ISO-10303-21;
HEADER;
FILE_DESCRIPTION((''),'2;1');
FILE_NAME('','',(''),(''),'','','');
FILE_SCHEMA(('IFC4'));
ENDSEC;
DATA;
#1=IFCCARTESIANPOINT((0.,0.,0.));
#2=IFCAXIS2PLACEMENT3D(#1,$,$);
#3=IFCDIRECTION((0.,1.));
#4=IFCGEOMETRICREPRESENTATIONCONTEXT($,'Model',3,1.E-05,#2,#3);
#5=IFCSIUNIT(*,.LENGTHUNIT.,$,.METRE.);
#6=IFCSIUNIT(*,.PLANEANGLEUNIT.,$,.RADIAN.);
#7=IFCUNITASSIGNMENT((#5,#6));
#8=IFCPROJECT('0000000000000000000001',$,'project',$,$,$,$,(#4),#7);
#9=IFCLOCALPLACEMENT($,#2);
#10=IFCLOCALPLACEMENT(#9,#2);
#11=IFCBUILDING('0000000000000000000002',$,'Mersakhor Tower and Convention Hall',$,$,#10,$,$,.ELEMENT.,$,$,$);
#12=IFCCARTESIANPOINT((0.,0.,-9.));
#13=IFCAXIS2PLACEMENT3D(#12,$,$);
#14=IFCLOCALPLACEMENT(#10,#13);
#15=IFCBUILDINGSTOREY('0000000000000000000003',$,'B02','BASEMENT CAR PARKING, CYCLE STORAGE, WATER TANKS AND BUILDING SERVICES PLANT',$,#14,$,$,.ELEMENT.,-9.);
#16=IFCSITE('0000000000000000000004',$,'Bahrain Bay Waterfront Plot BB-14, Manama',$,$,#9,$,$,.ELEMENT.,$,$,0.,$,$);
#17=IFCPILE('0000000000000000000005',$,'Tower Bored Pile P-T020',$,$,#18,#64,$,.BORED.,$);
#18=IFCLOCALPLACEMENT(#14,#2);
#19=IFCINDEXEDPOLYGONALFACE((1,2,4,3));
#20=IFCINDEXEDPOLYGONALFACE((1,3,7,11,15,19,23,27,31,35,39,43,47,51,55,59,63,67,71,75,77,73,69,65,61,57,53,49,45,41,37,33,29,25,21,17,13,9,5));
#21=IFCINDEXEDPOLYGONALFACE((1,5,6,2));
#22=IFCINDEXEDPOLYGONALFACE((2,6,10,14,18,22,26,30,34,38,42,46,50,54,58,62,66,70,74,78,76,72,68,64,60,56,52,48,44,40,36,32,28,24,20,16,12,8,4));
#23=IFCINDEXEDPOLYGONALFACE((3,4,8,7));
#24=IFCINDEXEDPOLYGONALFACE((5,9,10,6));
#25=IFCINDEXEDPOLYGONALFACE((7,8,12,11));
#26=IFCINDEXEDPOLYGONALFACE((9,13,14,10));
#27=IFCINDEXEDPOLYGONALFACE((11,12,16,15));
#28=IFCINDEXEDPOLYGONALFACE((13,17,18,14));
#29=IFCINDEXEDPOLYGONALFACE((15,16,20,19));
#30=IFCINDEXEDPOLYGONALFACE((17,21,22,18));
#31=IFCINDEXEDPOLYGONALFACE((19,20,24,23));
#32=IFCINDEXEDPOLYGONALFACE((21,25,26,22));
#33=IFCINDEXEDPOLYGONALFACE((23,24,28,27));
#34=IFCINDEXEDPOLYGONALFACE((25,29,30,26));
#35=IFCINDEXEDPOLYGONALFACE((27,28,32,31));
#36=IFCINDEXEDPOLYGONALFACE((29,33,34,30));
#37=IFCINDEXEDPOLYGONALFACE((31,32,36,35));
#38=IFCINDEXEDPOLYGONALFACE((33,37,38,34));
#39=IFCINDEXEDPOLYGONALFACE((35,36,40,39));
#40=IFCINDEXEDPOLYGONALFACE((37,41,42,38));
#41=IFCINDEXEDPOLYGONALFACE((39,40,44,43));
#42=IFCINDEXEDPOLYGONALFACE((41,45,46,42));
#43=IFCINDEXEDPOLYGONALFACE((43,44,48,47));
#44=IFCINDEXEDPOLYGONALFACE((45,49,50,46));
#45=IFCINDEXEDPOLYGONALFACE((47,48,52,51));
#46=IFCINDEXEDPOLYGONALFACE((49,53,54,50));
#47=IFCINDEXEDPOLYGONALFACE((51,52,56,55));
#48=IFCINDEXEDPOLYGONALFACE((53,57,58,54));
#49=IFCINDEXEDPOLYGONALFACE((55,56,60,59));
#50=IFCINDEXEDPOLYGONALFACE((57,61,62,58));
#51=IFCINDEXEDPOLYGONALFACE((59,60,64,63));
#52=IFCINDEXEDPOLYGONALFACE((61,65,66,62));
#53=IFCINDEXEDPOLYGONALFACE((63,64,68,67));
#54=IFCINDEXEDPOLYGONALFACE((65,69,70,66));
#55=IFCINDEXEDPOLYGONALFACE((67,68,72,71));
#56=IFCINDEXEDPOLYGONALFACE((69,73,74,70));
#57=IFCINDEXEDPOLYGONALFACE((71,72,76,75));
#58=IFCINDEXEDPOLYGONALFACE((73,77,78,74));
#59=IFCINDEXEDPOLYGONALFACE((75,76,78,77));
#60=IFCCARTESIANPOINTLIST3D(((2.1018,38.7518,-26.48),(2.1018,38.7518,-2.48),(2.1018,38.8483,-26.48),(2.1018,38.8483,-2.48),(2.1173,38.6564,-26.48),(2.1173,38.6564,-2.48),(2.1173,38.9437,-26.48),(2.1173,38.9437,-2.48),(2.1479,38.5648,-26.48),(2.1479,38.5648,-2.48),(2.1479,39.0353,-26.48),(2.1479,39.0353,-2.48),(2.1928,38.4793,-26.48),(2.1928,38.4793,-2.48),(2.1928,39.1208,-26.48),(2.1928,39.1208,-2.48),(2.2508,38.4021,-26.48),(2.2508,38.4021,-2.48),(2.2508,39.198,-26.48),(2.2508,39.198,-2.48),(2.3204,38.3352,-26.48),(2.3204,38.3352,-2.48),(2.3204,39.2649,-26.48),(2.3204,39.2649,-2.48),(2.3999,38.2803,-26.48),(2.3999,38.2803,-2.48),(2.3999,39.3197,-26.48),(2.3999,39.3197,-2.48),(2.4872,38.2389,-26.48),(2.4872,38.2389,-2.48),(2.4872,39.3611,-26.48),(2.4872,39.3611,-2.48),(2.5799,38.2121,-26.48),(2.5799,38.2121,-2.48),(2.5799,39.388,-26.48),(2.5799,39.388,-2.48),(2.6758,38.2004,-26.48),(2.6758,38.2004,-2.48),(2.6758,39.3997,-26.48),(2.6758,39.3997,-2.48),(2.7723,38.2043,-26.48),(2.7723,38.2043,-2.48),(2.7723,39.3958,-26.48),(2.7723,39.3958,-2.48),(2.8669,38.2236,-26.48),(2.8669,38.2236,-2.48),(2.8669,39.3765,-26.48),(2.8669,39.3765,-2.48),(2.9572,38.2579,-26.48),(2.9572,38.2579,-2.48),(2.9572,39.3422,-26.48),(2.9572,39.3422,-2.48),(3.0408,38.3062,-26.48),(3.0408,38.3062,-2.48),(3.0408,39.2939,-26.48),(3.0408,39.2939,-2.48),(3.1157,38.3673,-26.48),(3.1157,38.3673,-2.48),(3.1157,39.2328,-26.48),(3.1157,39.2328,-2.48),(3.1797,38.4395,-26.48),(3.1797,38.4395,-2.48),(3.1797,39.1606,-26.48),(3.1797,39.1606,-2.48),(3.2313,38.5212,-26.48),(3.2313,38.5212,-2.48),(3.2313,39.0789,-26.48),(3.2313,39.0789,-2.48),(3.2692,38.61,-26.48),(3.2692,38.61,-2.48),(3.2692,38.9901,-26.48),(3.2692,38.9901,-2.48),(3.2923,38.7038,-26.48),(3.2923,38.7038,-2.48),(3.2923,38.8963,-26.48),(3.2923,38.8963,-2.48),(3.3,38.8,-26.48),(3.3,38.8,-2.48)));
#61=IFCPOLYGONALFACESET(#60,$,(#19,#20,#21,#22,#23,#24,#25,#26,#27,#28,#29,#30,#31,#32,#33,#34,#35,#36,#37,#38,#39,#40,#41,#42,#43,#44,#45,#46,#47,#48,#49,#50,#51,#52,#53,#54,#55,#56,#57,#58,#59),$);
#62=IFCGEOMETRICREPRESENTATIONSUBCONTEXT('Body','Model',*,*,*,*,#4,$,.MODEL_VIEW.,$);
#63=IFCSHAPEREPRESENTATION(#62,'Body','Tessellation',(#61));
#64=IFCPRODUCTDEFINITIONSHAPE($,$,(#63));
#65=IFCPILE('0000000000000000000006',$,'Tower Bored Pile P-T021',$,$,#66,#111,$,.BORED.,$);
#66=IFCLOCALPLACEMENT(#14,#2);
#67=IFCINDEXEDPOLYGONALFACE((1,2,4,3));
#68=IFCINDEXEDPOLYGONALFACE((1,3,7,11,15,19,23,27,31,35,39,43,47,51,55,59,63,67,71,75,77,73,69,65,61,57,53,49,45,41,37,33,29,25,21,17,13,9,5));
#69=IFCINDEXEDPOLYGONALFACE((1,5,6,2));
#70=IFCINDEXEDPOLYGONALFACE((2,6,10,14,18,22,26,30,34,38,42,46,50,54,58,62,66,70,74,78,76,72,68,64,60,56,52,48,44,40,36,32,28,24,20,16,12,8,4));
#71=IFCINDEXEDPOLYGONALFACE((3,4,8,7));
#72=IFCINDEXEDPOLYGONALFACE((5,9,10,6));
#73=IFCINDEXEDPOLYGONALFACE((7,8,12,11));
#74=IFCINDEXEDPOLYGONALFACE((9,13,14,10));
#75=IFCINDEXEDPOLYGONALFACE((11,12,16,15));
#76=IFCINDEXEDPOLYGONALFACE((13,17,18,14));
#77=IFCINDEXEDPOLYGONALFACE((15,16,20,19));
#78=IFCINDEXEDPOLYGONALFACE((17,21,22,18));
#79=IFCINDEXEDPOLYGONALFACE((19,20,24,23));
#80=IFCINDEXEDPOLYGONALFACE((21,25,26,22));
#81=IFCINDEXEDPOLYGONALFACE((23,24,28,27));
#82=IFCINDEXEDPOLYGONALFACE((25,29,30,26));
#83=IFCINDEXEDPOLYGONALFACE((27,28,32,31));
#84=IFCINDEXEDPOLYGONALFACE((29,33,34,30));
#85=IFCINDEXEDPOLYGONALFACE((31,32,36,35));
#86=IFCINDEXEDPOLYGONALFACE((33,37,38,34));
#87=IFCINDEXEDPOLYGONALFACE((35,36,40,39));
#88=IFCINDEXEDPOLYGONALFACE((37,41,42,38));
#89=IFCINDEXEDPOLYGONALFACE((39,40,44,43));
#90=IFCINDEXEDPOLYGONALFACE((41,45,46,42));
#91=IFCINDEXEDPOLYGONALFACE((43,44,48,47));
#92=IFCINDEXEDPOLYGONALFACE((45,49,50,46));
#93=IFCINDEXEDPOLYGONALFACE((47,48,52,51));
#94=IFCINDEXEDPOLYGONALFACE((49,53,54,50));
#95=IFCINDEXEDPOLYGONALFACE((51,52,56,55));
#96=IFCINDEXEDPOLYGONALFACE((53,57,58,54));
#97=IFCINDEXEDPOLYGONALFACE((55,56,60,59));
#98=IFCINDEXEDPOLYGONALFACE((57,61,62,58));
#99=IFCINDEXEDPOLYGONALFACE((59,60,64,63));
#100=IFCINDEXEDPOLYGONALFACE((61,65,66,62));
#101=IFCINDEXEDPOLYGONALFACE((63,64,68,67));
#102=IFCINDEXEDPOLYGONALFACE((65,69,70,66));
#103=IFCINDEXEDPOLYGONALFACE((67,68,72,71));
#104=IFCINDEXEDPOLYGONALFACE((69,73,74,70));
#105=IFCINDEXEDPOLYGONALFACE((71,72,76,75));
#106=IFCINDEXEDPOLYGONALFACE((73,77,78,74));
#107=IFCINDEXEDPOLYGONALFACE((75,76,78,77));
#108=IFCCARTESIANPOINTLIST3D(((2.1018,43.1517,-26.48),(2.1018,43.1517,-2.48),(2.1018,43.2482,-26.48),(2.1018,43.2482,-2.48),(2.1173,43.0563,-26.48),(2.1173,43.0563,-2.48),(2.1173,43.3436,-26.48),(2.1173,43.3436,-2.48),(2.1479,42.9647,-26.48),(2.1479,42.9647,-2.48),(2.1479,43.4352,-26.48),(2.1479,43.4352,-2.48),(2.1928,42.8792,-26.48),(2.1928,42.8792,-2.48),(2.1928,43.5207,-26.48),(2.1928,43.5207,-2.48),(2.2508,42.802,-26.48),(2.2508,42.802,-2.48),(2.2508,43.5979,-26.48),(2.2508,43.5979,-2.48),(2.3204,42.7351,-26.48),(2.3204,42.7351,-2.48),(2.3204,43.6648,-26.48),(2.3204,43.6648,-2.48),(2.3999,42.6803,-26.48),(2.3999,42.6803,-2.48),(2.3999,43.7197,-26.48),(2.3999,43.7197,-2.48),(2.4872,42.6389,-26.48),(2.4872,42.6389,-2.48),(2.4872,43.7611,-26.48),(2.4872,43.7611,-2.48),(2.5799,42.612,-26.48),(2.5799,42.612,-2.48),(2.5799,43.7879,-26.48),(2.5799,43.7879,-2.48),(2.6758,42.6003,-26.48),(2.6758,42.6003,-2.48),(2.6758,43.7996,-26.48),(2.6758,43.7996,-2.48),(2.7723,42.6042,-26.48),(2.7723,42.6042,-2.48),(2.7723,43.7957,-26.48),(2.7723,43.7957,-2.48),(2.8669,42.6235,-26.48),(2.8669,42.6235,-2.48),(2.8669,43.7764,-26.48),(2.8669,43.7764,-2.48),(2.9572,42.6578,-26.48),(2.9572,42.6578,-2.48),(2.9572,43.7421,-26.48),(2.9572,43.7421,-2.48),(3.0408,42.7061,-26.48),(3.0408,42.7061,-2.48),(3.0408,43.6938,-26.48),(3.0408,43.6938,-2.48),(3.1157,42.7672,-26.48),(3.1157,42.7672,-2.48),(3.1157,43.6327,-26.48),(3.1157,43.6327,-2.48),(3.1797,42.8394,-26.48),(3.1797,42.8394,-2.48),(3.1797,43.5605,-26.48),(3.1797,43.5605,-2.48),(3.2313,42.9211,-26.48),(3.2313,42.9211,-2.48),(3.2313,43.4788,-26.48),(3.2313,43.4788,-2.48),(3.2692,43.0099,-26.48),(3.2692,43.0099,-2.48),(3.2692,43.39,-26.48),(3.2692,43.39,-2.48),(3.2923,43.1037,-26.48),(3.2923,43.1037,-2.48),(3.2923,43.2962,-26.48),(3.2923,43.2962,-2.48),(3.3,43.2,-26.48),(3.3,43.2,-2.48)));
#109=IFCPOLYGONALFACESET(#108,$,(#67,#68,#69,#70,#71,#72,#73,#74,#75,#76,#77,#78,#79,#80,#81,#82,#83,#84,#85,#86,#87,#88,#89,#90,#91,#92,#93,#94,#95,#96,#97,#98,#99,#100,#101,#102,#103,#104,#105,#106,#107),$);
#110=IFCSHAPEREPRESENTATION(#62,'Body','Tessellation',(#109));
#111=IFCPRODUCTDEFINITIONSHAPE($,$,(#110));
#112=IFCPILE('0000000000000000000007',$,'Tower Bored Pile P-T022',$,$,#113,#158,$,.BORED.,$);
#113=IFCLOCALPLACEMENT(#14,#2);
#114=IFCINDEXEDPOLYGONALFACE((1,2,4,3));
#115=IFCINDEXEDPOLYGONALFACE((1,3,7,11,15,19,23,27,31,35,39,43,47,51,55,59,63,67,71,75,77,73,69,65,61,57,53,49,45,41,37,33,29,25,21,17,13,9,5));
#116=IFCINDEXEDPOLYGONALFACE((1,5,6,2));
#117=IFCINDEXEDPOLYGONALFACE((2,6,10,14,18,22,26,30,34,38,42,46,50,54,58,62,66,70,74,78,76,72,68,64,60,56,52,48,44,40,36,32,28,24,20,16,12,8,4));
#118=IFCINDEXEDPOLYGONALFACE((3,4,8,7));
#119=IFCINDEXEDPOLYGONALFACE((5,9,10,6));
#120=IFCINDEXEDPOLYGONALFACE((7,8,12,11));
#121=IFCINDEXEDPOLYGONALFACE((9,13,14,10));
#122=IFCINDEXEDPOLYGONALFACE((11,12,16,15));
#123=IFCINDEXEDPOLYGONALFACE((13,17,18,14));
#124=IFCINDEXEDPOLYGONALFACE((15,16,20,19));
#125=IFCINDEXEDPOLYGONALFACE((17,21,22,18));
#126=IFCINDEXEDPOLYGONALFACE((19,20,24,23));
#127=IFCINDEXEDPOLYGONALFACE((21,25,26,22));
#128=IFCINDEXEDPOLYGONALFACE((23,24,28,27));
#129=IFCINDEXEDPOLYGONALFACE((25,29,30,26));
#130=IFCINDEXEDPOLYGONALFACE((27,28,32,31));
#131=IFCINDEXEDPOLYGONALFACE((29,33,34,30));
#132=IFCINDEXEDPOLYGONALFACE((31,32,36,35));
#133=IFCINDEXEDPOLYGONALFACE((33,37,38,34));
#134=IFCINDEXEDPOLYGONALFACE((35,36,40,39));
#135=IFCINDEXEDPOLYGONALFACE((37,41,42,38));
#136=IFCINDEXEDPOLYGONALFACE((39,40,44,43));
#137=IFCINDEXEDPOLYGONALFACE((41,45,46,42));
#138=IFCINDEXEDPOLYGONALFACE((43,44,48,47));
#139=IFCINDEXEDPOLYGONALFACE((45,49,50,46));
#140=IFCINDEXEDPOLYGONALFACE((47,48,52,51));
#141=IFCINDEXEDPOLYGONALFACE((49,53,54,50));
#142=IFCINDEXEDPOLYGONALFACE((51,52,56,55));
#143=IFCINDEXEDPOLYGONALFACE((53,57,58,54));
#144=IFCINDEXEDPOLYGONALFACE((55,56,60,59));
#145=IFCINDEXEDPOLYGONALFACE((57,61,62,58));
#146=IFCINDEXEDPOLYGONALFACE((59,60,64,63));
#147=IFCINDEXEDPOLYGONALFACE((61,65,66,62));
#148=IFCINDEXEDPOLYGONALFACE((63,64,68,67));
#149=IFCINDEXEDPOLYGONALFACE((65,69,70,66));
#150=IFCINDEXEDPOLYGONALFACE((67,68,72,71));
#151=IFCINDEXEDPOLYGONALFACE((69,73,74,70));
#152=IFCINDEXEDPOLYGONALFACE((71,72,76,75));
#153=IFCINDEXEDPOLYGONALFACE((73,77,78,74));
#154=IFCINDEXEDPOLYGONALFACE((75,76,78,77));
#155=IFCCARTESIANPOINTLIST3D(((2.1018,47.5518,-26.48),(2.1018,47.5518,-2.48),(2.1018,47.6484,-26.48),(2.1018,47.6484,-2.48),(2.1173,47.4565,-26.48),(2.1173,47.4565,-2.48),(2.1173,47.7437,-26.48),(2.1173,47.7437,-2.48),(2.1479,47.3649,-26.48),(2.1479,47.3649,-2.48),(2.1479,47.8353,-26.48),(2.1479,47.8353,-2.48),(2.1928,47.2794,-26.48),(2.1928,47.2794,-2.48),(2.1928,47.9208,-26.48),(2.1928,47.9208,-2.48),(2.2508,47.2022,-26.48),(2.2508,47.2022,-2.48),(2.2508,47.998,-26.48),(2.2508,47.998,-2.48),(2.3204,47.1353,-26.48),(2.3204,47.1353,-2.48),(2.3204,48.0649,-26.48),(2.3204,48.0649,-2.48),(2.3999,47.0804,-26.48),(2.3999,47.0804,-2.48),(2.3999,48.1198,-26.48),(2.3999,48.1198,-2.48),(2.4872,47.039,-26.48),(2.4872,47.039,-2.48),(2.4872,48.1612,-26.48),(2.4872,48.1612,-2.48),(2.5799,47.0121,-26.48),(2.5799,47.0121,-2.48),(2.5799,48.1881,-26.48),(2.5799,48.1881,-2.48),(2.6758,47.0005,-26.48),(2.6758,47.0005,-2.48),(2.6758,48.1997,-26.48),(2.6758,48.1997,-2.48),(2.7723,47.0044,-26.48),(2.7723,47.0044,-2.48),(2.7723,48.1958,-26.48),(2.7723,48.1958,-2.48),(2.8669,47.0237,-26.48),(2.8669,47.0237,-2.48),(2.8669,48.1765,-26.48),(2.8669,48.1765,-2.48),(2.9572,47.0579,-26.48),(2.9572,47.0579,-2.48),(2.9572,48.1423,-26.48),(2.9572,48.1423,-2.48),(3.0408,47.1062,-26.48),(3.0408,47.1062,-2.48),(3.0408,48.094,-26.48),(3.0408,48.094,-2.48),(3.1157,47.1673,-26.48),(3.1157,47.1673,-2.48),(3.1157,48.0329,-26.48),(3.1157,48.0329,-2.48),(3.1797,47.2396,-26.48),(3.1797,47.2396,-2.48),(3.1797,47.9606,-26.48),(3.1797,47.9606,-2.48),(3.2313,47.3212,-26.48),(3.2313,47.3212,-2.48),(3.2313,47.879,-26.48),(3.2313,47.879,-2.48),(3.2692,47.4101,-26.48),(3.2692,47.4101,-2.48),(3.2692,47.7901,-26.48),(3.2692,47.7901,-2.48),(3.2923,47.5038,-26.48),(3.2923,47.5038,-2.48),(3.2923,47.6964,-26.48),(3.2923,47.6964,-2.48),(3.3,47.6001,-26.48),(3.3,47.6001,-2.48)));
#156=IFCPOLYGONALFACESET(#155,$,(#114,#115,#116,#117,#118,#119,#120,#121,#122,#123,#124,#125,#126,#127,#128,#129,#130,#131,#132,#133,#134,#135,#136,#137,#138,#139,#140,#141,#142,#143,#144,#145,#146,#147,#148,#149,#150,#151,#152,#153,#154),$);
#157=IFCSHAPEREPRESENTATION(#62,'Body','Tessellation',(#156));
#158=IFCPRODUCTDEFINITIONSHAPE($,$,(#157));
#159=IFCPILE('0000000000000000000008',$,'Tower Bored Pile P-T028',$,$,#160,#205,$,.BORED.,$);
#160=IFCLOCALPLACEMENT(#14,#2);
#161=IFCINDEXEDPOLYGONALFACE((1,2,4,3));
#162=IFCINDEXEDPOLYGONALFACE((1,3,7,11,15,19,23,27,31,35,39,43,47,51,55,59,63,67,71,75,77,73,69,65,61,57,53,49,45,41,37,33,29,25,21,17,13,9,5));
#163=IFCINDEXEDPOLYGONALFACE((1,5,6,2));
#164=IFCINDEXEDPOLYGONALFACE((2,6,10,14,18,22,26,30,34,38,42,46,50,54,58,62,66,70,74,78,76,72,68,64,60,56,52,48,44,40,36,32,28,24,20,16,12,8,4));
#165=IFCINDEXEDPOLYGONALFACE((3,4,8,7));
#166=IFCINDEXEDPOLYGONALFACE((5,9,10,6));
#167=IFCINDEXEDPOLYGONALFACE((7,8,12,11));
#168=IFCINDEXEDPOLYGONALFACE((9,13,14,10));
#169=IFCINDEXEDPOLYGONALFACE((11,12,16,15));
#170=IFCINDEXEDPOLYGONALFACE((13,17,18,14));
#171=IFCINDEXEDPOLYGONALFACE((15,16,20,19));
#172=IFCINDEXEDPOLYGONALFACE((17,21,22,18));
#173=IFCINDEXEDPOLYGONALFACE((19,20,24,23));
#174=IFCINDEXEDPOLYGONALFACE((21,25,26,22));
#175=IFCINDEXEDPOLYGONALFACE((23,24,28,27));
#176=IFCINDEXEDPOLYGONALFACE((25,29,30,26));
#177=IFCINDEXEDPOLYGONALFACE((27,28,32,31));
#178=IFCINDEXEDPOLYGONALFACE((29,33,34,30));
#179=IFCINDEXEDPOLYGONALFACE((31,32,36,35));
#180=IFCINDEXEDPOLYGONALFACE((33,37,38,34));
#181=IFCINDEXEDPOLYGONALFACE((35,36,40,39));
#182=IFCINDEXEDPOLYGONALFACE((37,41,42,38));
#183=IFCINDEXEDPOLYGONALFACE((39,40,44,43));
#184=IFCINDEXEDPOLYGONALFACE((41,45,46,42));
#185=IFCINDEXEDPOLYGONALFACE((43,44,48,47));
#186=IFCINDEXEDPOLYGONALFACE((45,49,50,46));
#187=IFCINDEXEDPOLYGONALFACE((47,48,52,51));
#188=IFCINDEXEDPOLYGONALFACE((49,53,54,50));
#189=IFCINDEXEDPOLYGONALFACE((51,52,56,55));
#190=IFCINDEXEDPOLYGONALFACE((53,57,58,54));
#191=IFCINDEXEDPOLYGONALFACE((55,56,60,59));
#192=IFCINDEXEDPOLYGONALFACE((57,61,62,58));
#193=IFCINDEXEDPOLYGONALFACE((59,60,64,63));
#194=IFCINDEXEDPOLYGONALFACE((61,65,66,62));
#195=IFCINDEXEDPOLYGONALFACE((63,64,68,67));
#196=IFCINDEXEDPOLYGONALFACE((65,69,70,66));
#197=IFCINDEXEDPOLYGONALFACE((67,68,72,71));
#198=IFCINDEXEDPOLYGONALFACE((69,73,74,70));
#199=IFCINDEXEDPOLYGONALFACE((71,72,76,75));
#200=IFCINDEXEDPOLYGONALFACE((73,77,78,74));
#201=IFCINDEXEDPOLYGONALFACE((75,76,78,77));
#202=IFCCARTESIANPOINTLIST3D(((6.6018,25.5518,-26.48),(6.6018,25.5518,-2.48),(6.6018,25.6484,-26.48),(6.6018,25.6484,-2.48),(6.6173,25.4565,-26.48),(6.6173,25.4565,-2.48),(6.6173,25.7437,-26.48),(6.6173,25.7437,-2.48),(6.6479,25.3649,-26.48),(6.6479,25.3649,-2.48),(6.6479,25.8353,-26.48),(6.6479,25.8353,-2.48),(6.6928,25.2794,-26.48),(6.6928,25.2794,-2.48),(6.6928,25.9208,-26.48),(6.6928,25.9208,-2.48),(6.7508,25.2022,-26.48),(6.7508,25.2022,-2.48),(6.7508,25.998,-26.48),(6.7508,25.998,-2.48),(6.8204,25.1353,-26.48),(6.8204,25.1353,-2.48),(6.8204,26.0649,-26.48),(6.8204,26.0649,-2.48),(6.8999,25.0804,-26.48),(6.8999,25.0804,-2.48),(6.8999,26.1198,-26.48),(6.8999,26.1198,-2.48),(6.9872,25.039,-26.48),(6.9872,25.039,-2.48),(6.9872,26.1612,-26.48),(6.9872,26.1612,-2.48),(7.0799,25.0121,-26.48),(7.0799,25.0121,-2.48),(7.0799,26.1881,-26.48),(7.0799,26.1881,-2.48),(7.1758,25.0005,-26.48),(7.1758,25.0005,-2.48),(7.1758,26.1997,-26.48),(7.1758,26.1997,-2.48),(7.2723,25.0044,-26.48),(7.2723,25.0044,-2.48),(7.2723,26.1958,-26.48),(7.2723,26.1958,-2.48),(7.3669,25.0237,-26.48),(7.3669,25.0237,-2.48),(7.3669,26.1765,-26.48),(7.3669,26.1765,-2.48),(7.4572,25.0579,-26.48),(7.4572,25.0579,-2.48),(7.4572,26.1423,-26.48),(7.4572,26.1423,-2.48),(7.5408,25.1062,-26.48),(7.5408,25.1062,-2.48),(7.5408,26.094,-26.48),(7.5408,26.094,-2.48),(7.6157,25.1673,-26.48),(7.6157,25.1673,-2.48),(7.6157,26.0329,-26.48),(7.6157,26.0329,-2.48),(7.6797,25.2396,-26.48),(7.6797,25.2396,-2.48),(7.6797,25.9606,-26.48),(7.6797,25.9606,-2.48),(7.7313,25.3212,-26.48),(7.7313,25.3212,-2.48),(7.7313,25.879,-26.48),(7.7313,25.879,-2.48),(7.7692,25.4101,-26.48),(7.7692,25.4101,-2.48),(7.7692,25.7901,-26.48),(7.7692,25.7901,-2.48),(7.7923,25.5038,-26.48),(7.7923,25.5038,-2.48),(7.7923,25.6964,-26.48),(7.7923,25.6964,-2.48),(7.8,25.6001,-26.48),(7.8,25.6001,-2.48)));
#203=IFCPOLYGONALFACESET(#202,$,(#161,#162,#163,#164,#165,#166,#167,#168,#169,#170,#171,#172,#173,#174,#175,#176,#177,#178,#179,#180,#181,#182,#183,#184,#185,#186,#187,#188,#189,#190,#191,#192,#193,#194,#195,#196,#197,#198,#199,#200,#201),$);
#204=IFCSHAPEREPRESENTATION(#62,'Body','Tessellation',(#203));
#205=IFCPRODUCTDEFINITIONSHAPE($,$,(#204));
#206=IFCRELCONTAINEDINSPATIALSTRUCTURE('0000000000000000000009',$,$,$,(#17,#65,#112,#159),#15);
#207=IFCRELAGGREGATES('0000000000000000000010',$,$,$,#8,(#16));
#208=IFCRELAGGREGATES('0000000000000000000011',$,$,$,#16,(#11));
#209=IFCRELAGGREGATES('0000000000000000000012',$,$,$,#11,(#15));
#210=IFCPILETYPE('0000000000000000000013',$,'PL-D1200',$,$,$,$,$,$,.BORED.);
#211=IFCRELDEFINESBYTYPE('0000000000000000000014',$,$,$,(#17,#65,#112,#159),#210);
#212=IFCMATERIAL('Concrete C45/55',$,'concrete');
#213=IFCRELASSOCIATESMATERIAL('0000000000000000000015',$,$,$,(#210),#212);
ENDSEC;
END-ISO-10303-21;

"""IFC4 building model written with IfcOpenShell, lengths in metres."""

from ifc_helpers import new_model, si_unit, direction, frame, origin, origin_2d, place, context, subcontext, project, spatial, circle, extrude, material, material_profile, profile_set, type_object, element, save


model = new_model("IFC4")

# Units and contexts
model_context = context("Model", 3, precision=1e-05, world=origin(), true_north=direction((0.0, 1.0)))
body_context = subcontext(model_context, "Body", "Model", "MODEL_VIEW")
ifc_project = project(units=[si_unit("LENGTHUNIT", "METRE"), si_unit("PLANEANGLEUNIT", "RADIAN")], contexts=[model_context])

# Site, building, storey
site_placement = place(None, origin())
site = spatial("IfcSite", under=ifc_project, at=site_placement, Name="Bahrain Bay Waterfront Plot BB-14, Manama", CompositionType="ELEMENT", RefElevation=0.0)
building_placement = place(site_placement, origin())
building = spatial("IfcBuilding", under=site, at=building_placement, Name="Mersakhor Tower and Convention Hall", CompositionType="ELEMENT")
storey_placement = place(building_placement, frame((0.0, 0.0, -9.0)))
storey = spatial("IfcBuildingStorey", under=building, at=storey_placement, Name="B02", Description="BASEMENT CAR PARKING, CYCLE STORAGE, WATER TANKS AND BUILDING SERVICES PLANT", CompositionType="ELEMENT", Elevation=-9.0)

# Piles
ifc_material_1 = material(Name="Concrete C45/55", Category="concrete")
ifc_material_profile_1 = material_profile(ifc_material_1, circle(Radius=0.6001, at=origin_2d()), Name="PILE D1200")
ifc_profile_set_1 = profile_set([ifc_material_profile_1], Name="Concrete C45/55")
pile_type = type_object("IfcPileType", Name="PL-D1200", PredefinedType="BORED", material=ifc_profile_set_1)
for number, where, z_axis, x_axis, name in (
    (1, (2.7, 38.8, -2.48), (0.0, 0.0, -1.0), (1.0, 0.0, 0.0), "Tower Bored Pile P-T020"),
    (2, (2.7, 43.2, -2.48), (0.0, 0.0, -1.0), (1.0, 0.0, 0.0), "Tower Bored Pile P-T021"),
    (3, (2.7, 47.6001, -2.48), (0.0, 0.0, -1.0), (1.0, 0.0, 0.0), "Tower Bored Pile P-T022"),
    (4, (7.2, 25.6001, -2.48), (0.0, 0.0, -1.0), (1.0, 0.0, 0.0), "Tower Bored Pile P-T028"),
):
    element("IfcPile", number, at=place(storey_placement, frame(where, z_axis=z_axis, x_axis=x_axis)), inside=storey, type_object=pile_type, Name=name, PredefinedType="BORED", context=body_context, shape_type="SweptSolid", body=[
        extrude(circle(Radius=0.6001, at=origin_2d()), origin(), (0.0, 0.0, 1.0), 24.0),
    ])

save(model, "model.ifc")
